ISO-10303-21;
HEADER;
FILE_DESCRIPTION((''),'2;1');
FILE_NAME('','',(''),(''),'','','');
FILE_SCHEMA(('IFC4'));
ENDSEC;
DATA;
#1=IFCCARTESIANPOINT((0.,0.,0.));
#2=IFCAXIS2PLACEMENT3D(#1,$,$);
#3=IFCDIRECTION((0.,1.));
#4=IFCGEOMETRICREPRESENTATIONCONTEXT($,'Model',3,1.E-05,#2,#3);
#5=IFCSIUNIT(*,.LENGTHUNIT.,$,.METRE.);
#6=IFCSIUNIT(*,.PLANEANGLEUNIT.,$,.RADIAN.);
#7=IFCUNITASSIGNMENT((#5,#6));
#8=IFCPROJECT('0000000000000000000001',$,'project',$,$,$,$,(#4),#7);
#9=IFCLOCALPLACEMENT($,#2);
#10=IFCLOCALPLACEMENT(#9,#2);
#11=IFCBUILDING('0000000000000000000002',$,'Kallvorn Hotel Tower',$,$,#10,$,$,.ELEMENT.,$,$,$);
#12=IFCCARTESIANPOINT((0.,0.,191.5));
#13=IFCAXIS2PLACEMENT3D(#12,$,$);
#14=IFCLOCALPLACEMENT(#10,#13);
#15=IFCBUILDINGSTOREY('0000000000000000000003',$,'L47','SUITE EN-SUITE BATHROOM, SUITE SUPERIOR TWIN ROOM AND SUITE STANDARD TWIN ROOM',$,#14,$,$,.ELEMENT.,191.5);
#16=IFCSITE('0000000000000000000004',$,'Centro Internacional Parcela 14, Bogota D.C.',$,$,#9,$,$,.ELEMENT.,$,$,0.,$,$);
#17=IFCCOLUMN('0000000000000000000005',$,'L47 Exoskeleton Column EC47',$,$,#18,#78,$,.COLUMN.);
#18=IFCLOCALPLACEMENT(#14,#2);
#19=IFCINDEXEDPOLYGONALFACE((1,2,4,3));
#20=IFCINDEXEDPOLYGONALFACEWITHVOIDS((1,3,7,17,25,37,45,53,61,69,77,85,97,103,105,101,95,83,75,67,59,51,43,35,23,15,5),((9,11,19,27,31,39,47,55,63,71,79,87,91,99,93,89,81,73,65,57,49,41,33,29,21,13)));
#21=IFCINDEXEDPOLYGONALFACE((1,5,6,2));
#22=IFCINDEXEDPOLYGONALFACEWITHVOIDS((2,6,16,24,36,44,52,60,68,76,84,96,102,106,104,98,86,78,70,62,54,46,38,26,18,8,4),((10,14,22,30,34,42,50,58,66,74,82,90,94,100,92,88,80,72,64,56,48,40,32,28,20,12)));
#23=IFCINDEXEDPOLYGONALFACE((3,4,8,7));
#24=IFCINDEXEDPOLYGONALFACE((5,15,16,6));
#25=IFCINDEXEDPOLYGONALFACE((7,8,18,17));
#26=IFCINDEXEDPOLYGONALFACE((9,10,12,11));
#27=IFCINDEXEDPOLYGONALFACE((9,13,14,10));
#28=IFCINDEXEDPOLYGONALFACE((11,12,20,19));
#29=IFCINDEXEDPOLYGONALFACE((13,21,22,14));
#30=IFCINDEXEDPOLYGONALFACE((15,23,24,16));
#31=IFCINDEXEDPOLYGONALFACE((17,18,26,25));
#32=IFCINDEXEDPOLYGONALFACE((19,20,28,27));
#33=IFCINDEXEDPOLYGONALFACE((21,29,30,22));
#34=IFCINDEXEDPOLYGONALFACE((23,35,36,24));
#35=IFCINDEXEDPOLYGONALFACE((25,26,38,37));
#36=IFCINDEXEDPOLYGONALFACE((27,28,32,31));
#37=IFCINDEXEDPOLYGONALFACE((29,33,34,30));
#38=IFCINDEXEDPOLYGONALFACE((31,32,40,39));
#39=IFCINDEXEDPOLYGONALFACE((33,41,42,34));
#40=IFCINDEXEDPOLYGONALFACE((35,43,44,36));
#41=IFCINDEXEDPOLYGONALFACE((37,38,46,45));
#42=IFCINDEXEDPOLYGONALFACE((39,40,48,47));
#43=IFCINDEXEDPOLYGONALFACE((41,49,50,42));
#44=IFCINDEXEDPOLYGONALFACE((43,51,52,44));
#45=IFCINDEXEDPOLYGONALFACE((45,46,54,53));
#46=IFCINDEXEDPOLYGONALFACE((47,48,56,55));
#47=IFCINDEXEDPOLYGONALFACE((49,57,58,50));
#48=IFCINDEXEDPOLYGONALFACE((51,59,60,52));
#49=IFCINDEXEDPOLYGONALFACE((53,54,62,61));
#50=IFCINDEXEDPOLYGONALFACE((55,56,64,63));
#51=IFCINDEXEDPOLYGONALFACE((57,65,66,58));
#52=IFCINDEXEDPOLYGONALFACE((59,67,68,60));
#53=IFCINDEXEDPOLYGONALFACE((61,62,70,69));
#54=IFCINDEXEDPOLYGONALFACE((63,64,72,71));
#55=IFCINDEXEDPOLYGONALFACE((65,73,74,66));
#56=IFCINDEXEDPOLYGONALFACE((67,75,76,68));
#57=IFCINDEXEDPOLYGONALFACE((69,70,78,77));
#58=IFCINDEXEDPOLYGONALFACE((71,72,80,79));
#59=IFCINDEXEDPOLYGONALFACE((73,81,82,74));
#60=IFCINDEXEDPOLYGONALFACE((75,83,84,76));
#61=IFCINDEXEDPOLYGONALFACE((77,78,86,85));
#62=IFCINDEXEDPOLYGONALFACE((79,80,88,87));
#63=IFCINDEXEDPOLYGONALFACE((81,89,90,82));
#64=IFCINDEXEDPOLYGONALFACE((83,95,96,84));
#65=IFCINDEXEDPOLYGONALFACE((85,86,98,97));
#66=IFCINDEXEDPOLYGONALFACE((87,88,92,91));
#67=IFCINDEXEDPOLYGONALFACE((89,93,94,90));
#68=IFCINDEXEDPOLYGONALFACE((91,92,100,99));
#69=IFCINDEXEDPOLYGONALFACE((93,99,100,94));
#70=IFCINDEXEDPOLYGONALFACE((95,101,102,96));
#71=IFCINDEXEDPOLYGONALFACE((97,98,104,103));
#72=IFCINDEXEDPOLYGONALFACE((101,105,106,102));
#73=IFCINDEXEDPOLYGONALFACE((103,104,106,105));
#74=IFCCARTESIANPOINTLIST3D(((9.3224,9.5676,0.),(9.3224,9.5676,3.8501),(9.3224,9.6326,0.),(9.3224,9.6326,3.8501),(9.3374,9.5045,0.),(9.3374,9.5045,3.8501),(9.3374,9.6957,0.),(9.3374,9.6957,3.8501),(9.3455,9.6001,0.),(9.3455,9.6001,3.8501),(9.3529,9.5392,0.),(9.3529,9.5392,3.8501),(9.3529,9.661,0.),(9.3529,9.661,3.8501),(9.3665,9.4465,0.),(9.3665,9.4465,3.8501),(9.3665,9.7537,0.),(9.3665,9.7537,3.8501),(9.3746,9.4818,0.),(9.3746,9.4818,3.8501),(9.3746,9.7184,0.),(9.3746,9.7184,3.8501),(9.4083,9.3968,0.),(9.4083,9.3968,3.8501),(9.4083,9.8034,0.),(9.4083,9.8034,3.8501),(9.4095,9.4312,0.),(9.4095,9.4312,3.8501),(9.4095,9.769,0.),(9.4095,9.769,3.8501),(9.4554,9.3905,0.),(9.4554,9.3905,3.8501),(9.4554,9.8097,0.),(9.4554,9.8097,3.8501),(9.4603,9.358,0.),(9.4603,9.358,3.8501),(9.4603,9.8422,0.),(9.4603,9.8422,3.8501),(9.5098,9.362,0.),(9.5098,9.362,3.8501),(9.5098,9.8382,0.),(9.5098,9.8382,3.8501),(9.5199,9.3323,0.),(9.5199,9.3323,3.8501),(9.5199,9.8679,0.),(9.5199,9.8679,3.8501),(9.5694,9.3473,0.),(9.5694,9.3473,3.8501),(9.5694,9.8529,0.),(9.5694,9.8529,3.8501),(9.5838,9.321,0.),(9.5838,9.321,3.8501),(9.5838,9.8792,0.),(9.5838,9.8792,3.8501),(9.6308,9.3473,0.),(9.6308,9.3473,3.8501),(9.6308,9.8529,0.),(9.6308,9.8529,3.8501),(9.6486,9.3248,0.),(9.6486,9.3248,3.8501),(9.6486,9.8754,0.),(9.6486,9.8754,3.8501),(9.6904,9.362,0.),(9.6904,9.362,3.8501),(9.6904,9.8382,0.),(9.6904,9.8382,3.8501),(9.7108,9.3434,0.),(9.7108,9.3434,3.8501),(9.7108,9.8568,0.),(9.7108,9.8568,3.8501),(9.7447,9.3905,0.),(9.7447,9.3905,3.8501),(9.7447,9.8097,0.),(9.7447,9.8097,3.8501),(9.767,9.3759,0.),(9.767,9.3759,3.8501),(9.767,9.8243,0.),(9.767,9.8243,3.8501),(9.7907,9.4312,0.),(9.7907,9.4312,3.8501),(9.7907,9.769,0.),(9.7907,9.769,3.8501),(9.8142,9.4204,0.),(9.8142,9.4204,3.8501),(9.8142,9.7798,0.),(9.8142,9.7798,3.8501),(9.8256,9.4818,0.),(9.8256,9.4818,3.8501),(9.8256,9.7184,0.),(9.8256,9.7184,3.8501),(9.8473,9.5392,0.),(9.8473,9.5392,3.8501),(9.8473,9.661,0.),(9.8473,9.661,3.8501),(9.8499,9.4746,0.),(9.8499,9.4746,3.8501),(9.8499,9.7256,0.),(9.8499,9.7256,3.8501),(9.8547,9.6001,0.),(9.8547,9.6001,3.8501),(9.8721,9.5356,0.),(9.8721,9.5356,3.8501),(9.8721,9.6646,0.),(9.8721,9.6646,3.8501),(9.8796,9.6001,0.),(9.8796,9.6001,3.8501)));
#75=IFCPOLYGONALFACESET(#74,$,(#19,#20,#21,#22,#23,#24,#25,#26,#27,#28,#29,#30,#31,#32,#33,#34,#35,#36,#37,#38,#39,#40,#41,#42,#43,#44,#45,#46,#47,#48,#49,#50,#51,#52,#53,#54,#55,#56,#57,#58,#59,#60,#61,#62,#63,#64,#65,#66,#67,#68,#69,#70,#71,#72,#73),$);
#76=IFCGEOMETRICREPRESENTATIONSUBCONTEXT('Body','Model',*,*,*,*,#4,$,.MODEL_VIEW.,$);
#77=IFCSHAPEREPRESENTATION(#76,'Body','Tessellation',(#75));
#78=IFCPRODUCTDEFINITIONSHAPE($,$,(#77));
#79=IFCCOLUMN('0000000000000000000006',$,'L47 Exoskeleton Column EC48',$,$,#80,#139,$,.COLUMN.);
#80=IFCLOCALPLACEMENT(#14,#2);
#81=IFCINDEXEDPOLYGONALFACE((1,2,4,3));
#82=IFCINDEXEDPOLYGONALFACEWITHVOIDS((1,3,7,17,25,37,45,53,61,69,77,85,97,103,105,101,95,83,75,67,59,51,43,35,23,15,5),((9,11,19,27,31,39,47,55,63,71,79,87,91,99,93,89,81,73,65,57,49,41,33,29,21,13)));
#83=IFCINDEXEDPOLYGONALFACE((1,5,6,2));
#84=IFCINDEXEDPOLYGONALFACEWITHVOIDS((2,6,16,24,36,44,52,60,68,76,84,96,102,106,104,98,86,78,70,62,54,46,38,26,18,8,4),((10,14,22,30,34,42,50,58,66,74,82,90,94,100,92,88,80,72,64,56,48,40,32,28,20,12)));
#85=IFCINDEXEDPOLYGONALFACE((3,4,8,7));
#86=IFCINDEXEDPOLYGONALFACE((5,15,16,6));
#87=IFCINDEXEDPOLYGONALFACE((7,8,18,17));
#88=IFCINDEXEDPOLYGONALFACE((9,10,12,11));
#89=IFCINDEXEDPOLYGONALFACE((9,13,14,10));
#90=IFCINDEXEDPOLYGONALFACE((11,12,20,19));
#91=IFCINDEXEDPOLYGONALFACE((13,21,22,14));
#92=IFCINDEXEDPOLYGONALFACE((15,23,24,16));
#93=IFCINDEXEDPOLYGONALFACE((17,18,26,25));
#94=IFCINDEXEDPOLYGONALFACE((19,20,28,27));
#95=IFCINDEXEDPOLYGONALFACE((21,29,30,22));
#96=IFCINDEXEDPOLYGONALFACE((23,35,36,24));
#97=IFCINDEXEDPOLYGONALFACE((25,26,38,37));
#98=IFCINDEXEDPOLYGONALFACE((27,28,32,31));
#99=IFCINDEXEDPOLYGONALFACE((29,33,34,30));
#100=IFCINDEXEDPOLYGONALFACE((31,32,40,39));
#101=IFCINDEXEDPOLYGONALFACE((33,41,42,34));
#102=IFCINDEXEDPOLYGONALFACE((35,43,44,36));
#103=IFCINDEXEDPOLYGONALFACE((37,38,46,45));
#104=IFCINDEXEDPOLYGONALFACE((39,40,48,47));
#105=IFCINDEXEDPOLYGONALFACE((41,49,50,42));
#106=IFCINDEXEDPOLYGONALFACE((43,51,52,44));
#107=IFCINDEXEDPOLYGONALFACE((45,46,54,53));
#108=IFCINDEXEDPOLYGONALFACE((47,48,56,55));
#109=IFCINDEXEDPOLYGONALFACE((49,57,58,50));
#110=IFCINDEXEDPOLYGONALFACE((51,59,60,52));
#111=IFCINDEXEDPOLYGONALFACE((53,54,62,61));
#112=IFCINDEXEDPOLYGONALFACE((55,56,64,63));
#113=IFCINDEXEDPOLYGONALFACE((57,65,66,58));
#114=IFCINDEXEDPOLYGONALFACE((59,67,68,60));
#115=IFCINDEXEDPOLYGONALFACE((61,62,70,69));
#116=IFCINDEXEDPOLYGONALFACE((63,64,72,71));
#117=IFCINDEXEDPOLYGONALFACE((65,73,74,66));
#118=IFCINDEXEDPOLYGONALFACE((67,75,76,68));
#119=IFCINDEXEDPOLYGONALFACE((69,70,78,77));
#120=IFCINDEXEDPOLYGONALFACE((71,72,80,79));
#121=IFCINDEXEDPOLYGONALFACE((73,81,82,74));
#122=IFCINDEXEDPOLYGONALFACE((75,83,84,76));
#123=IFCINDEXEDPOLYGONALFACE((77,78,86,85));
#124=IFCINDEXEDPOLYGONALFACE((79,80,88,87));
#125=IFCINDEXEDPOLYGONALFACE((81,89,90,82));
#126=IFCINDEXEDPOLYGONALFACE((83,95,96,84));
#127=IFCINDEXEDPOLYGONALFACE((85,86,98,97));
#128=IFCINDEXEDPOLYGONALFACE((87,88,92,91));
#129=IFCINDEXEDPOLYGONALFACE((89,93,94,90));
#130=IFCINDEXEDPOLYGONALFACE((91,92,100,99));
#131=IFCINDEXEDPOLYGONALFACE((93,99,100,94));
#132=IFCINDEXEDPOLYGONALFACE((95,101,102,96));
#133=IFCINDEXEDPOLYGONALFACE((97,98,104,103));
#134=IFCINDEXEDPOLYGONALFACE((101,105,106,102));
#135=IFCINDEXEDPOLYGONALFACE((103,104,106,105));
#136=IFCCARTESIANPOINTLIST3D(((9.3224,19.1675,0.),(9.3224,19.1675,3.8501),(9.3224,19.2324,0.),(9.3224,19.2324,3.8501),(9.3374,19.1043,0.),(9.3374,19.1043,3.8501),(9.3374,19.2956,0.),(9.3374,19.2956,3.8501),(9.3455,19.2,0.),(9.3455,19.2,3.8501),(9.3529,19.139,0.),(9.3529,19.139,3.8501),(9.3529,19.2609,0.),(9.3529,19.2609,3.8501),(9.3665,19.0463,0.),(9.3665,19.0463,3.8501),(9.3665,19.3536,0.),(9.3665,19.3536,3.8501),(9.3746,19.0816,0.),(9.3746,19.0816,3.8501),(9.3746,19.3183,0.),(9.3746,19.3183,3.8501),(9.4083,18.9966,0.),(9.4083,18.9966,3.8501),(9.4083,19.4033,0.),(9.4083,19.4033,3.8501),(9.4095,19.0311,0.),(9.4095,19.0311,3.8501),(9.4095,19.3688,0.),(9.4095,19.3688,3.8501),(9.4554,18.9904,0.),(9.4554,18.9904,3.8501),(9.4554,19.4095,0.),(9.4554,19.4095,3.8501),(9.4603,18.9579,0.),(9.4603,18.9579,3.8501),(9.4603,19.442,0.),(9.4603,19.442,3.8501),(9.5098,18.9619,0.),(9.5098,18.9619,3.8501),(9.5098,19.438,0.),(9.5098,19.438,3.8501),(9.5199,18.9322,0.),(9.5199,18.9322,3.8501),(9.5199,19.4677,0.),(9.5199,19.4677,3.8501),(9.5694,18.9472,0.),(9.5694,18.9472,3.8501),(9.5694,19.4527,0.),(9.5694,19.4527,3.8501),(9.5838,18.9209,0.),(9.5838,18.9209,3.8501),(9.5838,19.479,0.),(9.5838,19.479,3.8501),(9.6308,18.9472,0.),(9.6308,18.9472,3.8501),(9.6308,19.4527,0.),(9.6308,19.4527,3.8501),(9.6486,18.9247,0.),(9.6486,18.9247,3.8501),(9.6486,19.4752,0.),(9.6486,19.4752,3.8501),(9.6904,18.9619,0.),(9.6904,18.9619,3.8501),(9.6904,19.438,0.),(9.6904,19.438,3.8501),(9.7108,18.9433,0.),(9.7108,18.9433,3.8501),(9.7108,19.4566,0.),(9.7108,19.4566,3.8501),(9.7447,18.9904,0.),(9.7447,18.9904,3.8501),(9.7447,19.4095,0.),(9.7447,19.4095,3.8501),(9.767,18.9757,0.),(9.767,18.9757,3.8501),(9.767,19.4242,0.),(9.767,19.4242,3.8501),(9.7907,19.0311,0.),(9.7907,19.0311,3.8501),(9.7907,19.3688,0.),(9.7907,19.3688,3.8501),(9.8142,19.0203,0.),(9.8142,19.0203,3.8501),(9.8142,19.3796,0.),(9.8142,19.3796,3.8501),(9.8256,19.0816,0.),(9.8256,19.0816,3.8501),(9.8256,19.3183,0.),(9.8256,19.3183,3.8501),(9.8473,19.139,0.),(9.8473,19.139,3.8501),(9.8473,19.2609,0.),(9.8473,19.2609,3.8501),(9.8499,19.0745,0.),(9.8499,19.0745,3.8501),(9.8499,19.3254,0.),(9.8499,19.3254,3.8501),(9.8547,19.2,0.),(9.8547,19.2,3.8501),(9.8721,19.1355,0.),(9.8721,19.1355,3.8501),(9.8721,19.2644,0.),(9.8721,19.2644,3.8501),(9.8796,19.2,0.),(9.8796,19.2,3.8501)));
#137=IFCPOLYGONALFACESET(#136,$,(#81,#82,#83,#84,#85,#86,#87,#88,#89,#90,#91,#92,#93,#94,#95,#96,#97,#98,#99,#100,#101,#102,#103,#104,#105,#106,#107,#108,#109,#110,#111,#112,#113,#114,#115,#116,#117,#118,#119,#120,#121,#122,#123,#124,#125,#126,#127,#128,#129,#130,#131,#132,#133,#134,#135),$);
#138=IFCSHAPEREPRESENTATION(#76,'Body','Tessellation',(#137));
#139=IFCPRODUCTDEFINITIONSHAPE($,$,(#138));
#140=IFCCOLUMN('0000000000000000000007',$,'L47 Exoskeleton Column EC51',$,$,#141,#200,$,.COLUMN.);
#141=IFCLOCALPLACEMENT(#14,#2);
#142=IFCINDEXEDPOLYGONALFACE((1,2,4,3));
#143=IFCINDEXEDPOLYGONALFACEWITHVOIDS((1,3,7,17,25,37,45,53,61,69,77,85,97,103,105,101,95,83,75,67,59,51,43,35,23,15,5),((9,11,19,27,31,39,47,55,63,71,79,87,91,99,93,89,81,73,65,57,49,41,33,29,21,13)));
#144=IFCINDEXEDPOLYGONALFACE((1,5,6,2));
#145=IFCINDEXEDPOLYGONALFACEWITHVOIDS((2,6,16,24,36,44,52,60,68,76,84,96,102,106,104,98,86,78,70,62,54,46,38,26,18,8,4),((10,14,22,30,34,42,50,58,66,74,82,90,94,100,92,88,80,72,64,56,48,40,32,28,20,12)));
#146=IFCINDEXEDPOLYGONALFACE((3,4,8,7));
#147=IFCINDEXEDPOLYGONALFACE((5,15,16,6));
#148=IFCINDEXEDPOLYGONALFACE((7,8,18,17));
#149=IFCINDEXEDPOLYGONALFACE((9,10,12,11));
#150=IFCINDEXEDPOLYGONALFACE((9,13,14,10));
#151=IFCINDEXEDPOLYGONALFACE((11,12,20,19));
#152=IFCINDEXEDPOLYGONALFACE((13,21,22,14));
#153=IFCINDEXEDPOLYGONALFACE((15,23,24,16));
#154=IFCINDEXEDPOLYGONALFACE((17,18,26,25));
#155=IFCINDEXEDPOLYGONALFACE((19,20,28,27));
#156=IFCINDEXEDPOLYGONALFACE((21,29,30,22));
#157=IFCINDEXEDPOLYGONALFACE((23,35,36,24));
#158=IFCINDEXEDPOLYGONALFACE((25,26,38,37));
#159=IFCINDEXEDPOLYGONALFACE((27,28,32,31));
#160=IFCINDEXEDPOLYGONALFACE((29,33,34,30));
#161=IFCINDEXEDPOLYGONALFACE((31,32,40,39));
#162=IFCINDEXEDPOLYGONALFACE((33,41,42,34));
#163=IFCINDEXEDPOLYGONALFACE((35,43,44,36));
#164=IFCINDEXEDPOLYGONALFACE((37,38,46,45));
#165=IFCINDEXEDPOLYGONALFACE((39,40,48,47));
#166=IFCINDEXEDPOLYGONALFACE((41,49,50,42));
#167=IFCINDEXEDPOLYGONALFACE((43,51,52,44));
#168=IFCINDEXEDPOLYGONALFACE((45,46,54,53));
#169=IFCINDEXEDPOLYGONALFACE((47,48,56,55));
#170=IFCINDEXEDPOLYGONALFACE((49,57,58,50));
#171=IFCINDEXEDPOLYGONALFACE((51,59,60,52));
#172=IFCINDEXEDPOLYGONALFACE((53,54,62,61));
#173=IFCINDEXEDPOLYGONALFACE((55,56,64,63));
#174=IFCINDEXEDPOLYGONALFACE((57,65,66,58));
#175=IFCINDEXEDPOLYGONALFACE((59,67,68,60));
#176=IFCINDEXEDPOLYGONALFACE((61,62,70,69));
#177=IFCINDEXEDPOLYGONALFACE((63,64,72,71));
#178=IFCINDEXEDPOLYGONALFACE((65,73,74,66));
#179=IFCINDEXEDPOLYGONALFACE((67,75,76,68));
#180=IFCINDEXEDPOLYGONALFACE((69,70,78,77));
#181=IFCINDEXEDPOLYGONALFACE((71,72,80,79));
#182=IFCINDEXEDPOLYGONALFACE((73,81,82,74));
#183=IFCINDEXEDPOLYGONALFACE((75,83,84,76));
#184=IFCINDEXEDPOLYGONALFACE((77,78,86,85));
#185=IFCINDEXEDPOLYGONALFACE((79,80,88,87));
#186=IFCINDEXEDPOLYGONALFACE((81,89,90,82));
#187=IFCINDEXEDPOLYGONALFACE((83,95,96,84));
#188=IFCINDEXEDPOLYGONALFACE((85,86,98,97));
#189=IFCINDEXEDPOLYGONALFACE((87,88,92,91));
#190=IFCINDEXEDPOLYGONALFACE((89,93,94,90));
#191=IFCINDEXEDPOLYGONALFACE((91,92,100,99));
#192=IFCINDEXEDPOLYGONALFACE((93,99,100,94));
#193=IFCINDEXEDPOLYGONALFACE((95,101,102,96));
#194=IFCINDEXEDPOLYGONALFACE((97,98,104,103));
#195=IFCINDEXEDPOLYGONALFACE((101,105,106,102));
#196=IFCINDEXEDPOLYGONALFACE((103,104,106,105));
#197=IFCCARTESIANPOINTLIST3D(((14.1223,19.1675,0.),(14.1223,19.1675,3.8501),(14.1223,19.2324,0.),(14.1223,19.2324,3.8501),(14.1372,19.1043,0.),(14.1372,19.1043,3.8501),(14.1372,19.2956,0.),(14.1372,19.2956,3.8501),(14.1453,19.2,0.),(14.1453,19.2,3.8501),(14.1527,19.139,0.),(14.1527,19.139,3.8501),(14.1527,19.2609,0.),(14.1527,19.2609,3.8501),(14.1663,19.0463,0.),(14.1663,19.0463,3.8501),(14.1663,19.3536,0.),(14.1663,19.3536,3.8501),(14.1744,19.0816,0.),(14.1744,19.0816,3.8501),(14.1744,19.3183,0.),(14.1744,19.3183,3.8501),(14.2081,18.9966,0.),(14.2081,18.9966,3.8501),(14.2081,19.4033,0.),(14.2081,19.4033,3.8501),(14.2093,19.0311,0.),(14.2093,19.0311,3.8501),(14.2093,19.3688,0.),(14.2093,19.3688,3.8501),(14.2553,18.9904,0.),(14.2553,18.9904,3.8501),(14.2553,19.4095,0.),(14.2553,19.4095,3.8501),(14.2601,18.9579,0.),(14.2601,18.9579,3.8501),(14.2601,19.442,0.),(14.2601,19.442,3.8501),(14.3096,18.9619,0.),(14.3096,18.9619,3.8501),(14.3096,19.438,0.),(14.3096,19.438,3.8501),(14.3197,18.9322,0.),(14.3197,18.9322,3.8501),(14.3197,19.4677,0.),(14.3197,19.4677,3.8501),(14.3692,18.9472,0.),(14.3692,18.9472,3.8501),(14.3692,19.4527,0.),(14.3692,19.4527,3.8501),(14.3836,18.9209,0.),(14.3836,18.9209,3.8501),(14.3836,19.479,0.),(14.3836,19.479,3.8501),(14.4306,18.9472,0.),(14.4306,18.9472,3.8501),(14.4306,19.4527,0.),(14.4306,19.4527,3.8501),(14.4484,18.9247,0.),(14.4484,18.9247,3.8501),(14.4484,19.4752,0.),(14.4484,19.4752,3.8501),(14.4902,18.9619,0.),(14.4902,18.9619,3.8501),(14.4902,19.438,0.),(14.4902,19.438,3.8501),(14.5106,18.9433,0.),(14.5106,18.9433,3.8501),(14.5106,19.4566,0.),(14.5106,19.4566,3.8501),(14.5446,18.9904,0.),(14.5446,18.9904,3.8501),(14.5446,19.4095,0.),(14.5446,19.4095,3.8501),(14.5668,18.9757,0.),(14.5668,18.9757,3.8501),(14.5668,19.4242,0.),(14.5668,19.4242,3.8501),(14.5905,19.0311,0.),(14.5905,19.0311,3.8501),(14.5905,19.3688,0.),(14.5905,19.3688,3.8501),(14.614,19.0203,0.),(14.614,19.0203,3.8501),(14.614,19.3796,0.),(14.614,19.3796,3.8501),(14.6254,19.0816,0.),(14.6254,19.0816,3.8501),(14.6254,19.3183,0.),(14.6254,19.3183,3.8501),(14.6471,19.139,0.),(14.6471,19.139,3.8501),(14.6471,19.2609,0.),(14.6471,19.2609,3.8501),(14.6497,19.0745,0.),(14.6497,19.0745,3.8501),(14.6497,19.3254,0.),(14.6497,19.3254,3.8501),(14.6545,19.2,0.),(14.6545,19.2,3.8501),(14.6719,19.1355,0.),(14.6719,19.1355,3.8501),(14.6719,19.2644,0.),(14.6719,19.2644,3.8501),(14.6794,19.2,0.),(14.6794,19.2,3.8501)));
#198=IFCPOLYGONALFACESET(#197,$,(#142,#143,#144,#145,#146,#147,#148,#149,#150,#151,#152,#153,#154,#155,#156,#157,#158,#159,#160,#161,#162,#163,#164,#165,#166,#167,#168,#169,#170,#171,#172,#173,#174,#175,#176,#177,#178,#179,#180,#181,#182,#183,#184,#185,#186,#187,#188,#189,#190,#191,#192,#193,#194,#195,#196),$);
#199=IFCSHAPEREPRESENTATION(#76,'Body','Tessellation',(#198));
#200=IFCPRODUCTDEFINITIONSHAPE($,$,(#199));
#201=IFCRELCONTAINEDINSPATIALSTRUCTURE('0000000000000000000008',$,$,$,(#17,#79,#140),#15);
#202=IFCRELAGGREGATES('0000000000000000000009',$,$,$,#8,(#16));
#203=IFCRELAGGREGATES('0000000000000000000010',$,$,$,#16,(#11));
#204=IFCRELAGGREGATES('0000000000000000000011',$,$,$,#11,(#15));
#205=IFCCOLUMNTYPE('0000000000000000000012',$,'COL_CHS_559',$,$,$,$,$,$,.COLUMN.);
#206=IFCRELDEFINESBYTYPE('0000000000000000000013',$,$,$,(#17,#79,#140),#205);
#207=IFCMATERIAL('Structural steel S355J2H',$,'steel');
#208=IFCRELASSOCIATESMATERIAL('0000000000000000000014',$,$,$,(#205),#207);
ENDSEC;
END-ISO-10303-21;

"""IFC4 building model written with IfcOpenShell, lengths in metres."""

from ifc_helpers import new_model, si_unit, direction, frame, origin, origin_2d, place, context, subcontext, project, spatial, hollow_circle, extrude, material, material_profile, profile_set, type_object, element, save


model = new_model("IFC4")

# Units and contexts
model_context = context("Model", 3, precision=1e-05, world=origin(), true_north=direction((0.0, 1.0)))
body_context = subcontext(model_context, "Body", "Model", "MODEL_VIEW")
ifc_project = project(units=[si_unit("LENGTHUNIT", "METRE"), si_unit("PLANEANGLEUNIT", "RADIAN")], contexts=[model_context])

# Site, building, storey
site_placement = place(None, origin())
site = spatial("IfcSite", under=ifc_project, at=site_placement, Name="Centro Internacional Parcela 14, Bogota D.C.", CompositionType="ELEMENT", RefElevation=0.0)
building_placement = place(site_placement, origin())
building = spatial("IfcBuilding", under=site, at=building_placement, Name="Kallvorn Hotel Tower", CompositionType="ELEMENT")
storey_placement = place(building_placement, frame((0.0, 0.0, 191.5)))
storey = spatial("IfcBuildingStorey", under=building, at=storey_placement, Name="L47", Description="SUITE EN-SUITE BATHROOM, SUITE SUPERIOR TWIN ROOM AND SUITE STANDARD TWIN ROOM", CompositionType="ELEMENT", Elevation=191.5)

# Columns
ifc_material_1 = material(Name="Structural steel S355J2H", Category="steel")
ifc_material_profile_1 = material_profile(ifc_material_1, hollow_circle(Radius=0.2795, WallThickness=0.0249, at=origin_2d()), Name="CHS 559x25")
ifc_profile_set_1 = profile_set([ifc_material_profile_1], Name="Structural steel S355J2H")
column_type_1 = type_object("IfcColumnType", Name="COL_CHS_559", PredefinedType="COLUMN", material=ifc_profile_set_1)
for number, where, z_axis, x_axis, name in (
    (1, (9.6001, 9.6001, 0.0), (0.0, 0.0, 1.0), (1.0, 0.0, 0.0), "L47 Exoskeleton Column EC47"),
    (2, (9.6001, 19.2, 0.0), (0.0, 0.0, 1.0), (1.0, 0.0, 0.0), "L47 Exoskeleton Column EC48"),
    (3, (14.3999, 19.2, 0.0), (0.0, 0.0, 1.0), (1.0, 0.0, 0.0), "L47 Exoskeleton Column EC51"),
):
    element("IfcColumn", number, at=place(storey_placement, frame(where, z_axis=z_axis, x_axis=x_axis)), inside=storey, type_object=column_type_1, Name=name, PredefinedType="COLUMN", context=body_context, shape_type="SweptSolid", body=[
        extrude(hollow_circle(Radius=0.2795, WallThickness=0.0249, at=origin_2d()), origin(), (0.0, 0.0, 1.0), 3.8501),
    ])

save(model, "model.ifc")
